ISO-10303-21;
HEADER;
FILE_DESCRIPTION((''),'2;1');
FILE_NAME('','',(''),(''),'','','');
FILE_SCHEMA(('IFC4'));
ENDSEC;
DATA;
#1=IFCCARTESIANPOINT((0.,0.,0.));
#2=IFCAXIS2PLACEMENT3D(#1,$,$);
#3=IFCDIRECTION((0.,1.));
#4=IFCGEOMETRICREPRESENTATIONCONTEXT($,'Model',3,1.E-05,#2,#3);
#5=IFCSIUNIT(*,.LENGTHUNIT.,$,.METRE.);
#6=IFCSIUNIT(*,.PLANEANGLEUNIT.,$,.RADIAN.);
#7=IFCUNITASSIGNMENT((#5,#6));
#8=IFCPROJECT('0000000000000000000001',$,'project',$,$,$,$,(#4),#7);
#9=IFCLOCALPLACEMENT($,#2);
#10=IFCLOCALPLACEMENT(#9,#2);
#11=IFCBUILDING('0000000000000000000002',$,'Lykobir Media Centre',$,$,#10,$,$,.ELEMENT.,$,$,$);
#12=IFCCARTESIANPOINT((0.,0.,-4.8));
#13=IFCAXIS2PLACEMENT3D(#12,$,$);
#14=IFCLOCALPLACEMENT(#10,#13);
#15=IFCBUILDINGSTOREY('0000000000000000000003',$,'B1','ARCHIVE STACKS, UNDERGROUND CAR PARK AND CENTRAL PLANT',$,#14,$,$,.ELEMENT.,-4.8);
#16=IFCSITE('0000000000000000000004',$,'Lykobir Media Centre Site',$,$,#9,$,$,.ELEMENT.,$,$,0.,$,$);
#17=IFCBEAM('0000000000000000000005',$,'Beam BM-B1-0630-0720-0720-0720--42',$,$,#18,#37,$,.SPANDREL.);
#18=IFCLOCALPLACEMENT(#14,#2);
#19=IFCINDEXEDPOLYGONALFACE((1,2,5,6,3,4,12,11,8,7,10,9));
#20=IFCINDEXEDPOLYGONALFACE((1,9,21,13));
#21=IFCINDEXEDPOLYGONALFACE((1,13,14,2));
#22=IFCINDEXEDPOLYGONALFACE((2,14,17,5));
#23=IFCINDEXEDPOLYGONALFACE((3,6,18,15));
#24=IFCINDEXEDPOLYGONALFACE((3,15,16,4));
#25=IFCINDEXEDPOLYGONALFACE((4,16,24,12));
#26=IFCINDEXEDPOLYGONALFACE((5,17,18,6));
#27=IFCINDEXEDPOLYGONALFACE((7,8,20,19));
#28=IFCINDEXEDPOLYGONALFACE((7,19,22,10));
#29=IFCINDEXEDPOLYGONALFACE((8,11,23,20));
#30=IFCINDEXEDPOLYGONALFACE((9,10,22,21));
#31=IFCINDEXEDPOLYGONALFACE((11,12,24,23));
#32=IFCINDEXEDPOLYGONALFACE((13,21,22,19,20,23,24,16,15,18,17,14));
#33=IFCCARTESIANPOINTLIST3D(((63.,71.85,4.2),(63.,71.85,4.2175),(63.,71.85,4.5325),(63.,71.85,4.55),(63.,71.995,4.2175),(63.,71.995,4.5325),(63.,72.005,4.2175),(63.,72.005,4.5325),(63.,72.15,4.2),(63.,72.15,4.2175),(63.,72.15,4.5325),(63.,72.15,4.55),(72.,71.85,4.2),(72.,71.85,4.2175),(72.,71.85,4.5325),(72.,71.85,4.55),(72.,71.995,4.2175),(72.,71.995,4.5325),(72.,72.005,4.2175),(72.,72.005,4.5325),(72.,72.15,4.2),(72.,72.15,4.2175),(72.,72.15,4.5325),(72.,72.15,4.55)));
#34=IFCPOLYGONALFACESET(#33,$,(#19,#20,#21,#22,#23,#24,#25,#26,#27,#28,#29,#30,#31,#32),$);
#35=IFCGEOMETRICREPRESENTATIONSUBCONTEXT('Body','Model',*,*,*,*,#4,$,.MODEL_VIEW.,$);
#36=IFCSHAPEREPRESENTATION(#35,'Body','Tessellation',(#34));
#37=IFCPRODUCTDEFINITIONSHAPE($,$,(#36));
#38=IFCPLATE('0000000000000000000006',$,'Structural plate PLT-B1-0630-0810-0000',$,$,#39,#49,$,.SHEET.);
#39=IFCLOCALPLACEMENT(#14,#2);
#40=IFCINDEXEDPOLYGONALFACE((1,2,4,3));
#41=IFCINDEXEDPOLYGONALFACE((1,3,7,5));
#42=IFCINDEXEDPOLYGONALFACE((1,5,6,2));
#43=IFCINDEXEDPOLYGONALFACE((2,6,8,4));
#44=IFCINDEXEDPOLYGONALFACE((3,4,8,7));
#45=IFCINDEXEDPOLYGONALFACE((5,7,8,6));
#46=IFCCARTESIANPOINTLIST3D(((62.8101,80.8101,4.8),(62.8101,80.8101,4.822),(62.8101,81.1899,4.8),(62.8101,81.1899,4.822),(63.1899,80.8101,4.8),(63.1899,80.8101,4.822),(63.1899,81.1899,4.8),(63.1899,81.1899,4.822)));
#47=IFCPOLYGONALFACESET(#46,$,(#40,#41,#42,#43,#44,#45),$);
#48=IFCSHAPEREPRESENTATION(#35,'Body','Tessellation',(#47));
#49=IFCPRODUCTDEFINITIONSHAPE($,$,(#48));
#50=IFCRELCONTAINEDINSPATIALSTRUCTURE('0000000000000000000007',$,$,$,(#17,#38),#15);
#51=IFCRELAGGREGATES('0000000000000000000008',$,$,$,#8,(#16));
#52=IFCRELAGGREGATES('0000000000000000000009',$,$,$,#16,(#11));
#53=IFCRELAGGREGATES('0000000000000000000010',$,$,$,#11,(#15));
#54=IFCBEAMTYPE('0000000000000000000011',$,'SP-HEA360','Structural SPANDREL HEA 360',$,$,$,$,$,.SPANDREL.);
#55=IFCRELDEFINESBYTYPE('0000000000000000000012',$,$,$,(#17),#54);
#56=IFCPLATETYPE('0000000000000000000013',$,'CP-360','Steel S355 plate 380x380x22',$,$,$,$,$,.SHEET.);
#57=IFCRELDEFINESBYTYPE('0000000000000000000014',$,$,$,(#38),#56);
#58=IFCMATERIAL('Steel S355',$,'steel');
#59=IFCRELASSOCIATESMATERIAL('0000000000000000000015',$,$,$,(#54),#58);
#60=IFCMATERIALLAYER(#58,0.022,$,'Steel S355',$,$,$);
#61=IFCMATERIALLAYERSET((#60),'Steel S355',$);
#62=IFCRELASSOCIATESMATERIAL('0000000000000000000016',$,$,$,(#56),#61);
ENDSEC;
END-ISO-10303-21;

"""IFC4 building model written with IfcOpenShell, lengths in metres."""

from ifc_helpers import new_model, si_unit, direction, frame, origin, origin_2d, place, context, subcontext, project, spatial, rectangle, i_section, extrude, material, layer, layer_set, material_profile, profile_set, type_object, element, save


model = new_model("IFC4")

# Units and contexts
model_context = context("Model", 3, precision=1e-05, world=origin(), true_north=direction((0.0, 1.0)))
body_context = subcontext(model_context, "Body", "Model", "MODEL_VIEW")
ifc_project = project(units=[si_unit("LENGTHUNIT", "METRE"), si_unit("PLANEANGLEUNIT", "RADIAN")], contexts=[model_context])

# Site, building, storey
site_placement = place(None, origin())
site = spatial("IfcSite", under=ifc_project, at=site_placement, Name="Lykobir Media Centre Site", CompositionType="ELEMENT", RefElevation=0.0)
building_placement = place(site_placement, origin())
building = spatial("IfcBuilding", under=site, at=building_placement, Name="Lykobir Media Centre", CompositionType="ELEMENT")
storey_placement = place(building_placement, frame((0.0, 0.0, -4.8)))
storey = spatial("IfcBuildingStorey", under=building, at=storey_placement, Name="B1", Description="ARCHIVE STACKS, UNDERGROUND CAR PARK AND CENTRAL PLANT", CompositionType="ELEMENT", Elevation=-4.8)

# Shared definitions
ifc_material_1 = material(Name="Steel S355", Category="steel")

# Beam
ifc_material_profile_1 = material_profile(ifc_material_1, i_section(OverallWidth=0.3, OverallDepth=0.3501, WebThickness=0.01, FlangeThickness=0.0176, at=origin_2d()), Name="HEA 360")
ifc_profile_set_1 = profile_set([ifc_material_profile_1], Name="Steel S355")
beam_type_1 = type_object("IfcBeamType", Name="SP-HEA360", Description="Structural SPANDREL HEA 360", PredefinedType="SPANDREL", material=ifc_profile_set_1)
for number, where, z_axis, x_axis, name in (
    (1, (63.0, 72.0, 4.375), (1.0, 0.0, 0.0), (0.0, 1.0, 0.0), "Beam BM-B1-0630-0720-0720-0720--42"),
):
    element("IfcBeam", number, at=place(storey_placement, frame(where, z_axis=z_axis, x_axis=x_axis)), inside=storey, type_object=beam_type_1, Name=name, PredefinedType="SPANDREL", context=body_context, shape_type="SweptSolid", body=[
        extrude(i_section(OverallWidth=0.3, OverallDepth=0.3501, WebThickness=0.01, FlangeThickness=0.0176, at=origin_2d()), origin(), (0.0, 0.0, 1.0), 9.0),
    ])

# Plate
ifc_layer = layer(ifc_material_1, 0.022, Name="Steel S355")
ifc_layer_set = layer_set([ifc_layer], Name="Steel S355")
plate_type = type_object("IfcPlateType", Name="CP-360", Description="Steel S355 plate 380x380x22", PredefinedType="SHEET", material=ifc_layer_set)
plate_placement = place(storey_placement, frame((63.0, 81.0, 4.8), z_axis=(0.0, 0.0, 1.0), x_axis=(1.0, 0.0, 0.0)))
element("IfcPlate", 2, at=plate_placement, inside=storey, type_object=plate_type, Name="Structural plate PLT-B1-0630-0810-0000", PredefinedType="SHEET", context=body_context, shape_type="SweptSolid", body=[
    extrude(rectangle(XDim=0.3799, YDim=0.3799, at=origin_2d()), origin(), (0.0, 0.0, 1.0), 0.022),
])

save(model, "model.ifc")
